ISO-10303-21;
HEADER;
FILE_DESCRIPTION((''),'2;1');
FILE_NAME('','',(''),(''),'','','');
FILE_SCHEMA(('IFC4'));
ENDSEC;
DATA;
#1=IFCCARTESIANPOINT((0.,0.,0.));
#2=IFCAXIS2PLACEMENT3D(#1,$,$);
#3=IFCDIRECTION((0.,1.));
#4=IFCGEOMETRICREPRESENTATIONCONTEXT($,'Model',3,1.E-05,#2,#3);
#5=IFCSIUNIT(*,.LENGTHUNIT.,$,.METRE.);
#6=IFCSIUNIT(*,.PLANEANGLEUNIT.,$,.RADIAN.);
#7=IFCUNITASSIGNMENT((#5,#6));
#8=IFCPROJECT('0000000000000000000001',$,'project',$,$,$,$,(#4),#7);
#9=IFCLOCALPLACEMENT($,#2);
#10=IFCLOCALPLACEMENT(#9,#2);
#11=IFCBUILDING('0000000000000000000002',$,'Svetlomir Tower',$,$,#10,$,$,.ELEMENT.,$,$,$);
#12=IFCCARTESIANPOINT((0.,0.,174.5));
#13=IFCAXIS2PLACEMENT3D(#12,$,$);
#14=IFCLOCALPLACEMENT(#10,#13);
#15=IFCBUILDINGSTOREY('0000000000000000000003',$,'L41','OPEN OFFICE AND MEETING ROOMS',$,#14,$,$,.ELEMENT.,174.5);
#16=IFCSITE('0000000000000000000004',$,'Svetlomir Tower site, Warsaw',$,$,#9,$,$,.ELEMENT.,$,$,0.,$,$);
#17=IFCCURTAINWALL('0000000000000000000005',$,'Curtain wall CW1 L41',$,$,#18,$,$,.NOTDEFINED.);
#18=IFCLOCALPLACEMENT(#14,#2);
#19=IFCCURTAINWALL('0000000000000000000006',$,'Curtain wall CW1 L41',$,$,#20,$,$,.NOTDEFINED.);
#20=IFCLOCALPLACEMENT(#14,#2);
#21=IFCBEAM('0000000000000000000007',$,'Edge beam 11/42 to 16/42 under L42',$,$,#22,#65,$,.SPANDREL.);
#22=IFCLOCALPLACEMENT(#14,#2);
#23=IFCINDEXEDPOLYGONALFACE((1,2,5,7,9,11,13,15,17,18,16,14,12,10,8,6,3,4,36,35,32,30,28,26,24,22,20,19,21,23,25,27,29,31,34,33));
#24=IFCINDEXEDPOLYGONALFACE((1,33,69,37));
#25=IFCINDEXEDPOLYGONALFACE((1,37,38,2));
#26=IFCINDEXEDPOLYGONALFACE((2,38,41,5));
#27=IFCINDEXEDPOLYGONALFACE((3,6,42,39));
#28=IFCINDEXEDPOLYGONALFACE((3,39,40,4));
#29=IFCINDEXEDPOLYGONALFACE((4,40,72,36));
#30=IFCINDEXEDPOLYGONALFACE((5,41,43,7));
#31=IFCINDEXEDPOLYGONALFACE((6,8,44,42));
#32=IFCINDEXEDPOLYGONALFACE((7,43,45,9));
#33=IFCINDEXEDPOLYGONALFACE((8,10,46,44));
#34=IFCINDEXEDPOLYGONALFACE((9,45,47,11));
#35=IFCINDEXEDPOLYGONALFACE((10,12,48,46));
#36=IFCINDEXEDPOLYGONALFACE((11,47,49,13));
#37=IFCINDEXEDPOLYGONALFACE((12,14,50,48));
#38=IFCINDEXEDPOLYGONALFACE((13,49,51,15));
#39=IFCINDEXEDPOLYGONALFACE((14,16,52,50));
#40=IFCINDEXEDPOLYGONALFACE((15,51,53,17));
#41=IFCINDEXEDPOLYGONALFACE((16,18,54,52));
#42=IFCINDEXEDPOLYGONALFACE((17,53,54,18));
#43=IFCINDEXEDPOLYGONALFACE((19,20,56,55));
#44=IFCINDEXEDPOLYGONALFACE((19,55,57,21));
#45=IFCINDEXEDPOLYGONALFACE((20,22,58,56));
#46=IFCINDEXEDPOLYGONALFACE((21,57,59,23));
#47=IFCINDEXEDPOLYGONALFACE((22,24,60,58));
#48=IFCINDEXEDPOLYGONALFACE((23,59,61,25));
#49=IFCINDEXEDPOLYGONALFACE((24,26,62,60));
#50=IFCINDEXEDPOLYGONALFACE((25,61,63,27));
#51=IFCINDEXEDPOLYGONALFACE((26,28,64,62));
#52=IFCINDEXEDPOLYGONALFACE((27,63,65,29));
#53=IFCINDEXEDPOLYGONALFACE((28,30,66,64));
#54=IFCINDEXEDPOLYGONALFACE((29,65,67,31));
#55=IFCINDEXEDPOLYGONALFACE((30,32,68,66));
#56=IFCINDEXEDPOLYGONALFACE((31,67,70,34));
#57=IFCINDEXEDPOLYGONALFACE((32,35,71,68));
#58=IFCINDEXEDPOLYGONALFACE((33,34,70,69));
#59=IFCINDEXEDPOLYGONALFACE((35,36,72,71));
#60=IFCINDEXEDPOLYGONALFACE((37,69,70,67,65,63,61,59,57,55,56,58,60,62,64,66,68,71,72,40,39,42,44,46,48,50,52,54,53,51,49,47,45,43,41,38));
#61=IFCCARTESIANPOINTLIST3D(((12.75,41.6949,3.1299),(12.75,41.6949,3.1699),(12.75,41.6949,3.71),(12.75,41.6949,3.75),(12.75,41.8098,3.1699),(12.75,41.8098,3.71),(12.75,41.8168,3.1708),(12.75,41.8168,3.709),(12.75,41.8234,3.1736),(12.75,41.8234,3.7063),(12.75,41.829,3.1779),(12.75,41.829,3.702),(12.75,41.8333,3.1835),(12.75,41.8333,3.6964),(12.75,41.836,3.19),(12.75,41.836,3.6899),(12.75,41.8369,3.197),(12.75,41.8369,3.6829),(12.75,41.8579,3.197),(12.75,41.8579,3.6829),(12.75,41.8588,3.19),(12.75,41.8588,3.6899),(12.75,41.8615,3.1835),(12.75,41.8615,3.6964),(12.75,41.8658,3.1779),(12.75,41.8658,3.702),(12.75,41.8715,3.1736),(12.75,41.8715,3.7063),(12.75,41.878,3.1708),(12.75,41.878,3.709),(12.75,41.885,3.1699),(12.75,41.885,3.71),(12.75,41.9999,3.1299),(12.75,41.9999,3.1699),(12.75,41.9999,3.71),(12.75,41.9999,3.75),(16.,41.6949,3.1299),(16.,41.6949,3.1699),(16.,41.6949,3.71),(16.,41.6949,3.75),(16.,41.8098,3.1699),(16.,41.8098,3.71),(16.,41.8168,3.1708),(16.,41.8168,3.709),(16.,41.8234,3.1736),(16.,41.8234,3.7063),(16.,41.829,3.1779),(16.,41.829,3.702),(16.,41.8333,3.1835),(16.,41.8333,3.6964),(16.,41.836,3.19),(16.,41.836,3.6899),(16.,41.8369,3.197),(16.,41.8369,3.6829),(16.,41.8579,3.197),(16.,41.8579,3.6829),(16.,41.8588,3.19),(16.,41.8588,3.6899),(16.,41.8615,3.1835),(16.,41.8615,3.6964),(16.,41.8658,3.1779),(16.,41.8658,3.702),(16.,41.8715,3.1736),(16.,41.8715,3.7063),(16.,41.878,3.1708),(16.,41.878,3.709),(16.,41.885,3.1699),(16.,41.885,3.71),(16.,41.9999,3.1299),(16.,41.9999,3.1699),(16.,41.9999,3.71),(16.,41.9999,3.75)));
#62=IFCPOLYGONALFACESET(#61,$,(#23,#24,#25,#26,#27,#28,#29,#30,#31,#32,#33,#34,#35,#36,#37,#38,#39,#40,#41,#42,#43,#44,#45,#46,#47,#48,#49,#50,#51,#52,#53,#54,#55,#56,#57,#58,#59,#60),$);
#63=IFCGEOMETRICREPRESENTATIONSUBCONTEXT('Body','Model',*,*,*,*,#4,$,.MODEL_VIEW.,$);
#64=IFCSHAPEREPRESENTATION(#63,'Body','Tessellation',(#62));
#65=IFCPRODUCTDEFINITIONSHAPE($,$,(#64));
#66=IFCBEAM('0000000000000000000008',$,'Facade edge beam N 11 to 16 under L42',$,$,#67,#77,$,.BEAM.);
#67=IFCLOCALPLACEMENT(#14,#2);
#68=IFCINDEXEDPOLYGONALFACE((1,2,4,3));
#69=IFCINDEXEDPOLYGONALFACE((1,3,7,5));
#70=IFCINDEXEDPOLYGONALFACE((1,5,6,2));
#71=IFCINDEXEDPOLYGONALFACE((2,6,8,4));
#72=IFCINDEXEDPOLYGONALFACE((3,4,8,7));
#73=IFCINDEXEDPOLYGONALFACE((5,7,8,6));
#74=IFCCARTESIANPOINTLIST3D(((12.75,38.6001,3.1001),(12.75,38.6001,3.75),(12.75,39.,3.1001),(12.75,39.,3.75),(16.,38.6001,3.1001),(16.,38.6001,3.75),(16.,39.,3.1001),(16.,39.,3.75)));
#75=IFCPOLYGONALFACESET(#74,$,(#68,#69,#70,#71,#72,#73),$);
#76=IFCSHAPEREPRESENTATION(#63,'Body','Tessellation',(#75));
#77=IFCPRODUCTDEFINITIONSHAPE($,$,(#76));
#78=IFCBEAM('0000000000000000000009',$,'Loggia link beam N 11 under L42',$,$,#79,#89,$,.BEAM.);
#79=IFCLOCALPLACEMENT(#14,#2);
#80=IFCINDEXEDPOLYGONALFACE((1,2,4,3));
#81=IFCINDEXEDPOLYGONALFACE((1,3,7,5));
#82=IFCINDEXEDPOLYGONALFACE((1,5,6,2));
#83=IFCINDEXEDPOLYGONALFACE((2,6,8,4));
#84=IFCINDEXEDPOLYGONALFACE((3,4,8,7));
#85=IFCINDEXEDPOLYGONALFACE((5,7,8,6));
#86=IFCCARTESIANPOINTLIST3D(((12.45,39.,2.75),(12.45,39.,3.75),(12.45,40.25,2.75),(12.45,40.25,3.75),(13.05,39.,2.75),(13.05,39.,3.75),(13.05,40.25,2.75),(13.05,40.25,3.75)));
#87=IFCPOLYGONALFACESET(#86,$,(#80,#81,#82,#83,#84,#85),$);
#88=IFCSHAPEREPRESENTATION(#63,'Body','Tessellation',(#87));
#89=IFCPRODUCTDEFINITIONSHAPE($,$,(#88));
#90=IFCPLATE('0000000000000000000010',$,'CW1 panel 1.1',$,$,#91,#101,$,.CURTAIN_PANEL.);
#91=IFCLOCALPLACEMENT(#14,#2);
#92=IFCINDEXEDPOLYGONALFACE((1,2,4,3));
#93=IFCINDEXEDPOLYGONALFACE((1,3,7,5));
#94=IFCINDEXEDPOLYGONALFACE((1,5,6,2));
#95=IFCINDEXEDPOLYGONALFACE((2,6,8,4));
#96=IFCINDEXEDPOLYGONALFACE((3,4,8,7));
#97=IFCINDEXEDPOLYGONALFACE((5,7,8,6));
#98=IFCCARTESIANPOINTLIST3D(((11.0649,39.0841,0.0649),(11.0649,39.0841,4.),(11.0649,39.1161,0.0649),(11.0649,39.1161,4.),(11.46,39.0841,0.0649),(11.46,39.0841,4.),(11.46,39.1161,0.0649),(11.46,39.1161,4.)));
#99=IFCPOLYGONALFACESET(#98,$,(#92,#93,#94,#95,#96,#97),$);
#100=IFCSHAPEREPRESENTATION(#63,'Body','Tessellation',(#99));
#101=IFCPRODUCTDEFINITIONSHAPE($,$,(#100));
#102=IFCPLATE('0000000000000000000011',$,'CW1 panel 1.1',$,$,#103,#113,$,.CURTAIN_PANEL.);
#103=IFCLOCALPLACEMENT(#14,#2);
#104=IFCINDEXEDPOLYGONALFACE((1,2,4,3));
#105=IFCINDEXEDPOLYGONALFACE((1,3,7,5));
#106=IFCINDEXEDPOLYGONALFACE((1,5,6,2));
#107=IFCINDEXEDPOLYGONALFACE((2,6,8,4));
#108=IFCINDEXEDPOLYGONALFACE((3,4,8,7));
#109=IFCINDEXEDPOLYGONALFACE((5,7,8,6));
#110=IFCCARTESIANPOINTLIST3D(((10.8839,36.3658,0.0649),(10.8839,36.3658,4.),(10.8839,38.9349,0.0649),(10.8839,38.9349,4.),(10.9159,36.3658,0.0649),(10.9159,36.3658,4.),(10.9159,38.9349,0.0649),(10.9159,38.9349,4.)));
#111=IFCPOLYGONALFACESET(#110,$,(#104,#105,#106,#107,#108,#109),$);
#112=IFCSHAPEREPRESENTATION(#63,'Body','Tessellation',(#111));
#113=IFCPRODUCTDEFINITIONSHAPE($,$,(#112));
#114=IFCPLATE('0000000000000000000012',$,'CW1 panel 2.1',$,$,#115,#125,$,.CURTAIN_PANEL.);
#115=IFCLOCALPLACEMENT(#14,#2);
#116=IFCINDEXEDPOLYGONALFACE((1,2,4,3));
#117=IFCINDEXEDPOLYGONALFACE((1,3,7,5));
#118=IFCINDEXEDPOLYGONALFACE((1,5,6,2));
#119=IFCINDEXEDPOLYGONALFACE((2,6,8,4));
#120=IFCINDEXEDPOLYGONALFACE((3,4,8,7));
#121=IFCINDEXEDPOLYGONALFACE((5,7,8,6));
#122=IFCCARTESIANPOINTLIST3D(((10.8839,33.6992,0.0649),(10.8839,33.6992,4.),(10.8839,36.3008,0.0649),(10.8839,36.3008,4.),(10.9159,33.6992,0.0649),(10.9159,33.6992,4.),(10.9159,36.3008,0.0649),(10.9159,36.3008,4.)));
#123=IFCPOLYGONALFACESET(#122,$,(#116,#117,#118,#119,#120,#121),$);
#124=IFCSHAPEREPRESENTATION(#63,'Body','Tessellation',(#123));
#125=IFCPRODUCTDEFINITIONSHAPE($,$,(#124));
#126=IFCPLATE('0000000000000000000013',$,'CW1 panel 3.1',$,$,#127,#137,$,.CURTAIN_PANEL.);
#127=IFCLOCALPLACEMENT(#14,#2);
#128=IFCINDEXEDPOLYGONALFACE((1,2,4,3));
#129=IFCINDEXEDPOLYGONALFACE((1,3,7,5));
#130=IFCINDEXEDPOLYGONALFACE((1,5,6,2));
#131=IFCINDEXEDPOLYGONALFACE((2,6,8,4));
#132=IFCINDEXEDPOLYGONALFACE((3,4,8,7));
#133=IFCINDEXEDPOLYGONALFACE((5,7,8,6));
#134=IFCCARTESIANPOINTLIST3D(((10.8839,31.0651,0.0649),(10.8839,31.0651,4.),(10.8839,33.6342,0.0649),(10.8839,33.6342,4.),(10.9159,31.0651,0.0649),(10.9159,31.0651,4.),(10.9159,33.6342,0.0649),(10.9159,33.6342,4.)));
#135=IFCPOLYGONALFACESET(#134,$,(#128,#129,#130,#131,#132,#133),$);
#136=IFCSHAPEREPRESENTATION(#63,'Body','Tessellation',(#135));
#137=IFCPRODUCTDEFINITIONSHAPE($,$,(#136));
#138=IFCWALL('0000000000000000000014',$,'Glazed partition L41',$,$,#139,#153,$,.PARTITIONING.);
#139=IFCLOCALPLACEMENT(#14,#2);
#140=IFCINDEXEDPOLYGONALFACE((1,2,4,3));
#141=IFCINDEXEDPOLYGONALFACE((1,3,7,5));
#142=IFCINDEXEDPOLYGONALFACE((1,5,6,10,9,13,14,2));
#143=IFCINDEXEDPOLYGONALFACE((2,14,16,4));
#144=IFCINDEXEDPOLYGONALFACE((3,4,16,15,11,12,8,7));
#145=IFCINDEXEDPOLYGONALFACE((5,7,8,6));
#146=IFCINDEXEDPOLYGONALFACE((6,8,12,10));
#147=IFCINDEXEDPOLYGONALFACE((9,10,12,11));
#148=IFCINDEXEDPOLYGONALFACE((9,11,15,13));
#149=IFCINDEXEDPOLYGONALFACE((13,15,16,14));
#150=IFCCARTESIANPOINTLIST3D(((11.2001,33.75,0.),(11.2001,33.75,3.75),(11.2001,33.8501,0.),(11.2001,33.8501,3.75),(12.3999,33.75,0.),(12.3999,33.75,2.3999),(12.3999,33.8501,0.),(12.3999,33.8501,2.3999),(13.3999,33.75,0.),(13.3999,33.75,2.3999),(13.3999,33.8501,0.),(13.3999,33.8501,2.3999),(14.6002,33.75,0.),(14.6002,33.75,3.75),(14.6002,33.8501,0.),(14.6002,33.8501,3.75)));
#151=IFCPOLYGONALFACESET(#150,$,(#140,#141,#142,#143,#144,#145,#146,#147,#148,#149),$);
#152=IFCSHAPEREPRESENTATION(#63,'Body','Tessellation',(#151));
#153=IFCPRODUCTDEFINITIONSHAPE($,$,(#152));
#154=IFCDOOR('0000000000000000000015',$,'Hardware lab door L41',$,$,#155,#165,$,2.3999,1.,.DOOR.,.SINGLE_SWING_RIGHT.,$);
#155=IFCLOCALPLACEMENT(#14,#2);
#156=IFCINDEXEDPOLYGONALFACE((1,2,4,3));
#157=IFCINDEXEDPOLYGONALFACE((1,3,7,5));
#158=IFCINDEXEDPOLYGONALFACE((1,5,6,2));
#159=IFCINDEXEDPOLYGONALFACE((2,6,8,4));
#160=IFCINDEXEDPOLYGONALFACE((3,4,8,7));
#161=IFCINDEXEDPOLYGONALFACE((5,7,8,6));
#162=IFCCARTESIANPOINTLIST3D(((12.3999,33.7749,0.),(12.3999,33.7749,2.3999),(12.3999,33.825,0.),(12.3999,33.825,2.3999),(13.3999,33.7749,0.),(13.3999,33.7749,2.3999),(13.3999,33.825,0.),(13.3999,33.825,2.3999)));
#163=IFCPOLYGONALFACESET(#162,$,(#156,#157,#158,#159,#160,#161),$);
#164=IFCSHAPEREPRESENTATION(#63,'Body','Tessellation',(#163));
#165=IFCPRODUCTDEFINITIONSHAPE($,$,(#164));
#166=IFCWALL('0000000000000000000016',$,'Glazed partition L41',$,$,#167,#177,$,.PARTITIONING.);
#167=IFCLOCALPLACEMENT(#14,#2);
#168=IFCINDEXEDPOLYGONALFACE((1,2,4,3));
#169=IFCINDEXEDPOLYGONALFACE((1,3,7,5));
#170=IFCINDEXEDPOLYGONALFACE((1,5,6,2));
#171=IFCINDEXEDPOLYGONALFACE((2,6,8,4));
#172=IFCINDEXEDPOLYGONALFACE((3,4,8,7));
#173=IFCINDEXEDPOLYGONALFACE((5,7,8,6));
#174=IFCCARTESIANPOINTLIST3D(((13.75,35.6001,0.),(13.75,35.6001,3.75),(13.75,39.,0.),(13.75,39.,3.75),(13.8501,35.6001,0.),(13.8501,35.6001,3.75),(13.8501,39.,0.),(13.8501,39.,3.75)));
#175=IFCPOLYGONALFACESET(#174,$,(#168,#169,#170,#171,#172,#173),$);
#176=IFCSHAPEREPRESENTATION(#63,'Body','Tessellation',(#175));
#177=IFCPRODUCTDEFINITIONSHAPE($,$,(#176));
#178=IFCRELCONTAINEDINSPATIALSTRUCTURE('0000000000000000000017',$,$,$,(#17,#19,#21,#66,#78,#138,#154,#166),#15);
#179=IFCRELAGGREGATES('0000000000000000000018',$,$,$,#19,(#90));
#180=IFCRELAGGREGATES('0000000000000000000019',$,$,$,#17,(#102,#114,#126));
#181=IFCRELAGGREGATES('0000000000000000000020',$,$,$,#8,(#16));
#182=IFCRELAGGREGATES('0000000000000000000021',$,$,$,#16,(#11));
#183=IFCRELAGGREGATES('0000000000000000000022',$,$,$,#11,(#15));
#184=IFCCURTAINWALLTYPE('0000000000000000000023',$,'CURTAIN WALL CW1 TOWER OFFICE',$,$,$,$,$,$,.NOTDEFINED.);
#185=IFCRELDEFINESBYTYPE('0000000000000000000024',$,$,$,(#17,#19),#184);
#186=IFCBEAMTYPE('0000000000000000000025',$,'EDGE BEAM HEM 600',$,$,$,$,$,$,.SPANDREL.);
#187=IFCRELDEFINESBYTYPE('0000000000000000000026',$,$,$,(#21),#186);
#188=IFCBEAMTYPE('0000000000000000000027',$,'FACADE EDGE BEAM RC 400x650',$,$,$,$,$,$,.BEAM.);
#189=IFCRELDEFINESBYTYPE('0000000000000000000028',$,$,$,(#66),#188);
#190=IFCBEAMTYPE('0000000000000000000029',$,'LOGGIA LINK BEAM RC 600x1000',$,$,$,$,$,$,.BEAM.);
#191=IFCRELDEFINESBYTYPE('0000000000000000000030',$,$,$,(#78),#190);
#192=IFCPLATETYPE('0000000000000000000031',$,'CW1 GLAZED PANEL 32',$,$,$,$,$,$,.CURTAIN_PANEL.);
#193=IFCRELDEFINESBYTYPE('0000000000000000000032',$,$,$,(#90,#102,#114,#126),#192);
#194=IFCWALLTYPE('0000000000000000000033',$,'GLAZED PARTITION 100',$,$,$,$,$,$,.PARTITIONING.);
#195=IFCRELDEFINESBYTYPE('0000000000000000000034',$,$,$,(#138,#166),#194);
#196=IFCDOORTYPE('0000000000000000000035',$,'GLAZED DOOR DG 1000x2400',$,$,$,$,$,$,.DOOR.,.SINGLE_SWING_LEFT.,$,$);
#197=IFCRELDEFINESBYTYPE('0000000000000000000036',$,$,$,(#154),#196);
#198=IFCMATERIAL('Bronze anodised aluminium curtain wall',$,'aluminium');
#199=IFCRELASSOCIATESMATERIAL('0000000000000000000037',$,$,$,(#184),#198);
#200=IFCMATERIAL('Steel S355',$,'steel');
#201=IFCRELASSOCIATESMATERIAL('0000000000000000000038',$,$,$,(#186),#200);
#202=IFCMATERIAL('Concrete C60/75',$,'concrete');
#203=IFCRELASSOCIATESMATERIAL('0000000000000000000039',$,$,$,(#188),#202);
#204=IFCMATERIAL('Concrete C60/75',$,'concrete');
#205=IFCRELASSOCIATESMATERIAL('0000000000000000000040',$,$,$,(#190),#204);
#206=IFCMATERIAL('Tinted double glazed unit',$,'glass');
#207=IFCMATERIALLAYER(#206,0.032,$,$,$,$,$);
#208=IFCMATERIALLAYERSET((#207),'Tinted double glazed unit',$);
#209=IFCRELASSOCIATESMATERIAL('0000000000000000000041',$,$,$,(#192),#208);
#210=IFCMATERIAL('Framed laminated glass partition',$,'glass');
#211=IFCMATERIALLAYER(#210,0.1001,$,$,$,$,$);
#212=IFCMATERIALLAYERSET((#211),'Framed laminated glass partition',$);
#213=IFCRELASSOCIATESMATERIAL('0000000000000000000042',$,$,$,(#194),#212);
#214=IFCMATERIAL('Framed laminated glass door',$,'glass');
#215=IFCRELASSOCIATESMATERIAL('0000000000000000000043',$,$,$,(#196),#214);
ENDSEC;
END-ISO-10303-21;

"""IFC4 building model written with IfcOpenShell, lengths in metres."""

from ifc_helpers import new_model, si_unit, direction, frame, frame_2d, origin, origin_2d, place, context, subcontext, project, spatial, rectangle, i_section, extrude, material, layer, layer_set, material_profile, profile_set, type_object, element, fill, aggregate, save


model = new_model("IFC4")

# Units and contexts
model_context = context("Model", 3, precision=1e-05, world=origin(), true_north=direction((0.0, 1.0)))
body_context = subcontext(model_context, "Body", "Model", "MODEL_VIEW")
ifc_project = project(units=[si_unit("LENGTHUNIT", "METRE"), si_unit("PLANEANGLEUNIT", "RADIAN")], contexts=[model_context])

# Site, building, storey
site_placement = place(None, origin())
site = spatial("IfcSite", under=ifc_project, at=site_placement, Name="Svetlomir Tower site, Warsaw", CompositionType="ELEMENT", RefElevation=0.0)
building_placement = place(site_placement, origin())
building = spatial("IfcBuilding", under=site, at=building_placement, Name="Svetlomir Tower", CompositionType="ELEMENT")
storey_placement = place(building_placement, frame((0.0, 0.0, 174.5)))
storey = spatial("IfcBuildingStorey", under=building, at=storey_placement, Name="L41", Description="OPEN OFFICE AND MEETING ROOMS", CompositionType="ELEMENT", Elevation=174.5)

# Curtain wall
ifc_material_1 = material(Name="Bronze anodised aluminium curtain wall", Category="aluminium")
curtain_wall_type = type_object("IfcCurtainWallType", Name="CURTAIN WALL CW1 TOWER OFFICE", PredefinedType="NOTDEFINED", material=ifc_material_1)
curtain_wall_1_placement = place(storey_placement, origin())
curtain_wall_1 = element("IfcCurtainWall", 1, at=curtain_wall_1_placement, inside=storey, type_object=curtain_wall_type, Name="Curtain wall CW1 L41", PredefinedType="NOTDEFINED")

# Curtain wall
curtain_wall_2_placement = place(storey_placement, origin())
curtain_wall_2 = element("IfcCurtainWall", 2, at=curtain_wall_2_placement, inside=storey, type_object=curtain_wall_type, Name="Curtain wall CW1 L41", PredefinedType="NOTDEFINED")

# Beams
ifc_material_2 = material(Name="Steel S355", Category="steel")
ifc_material_profile_1 = material_profile(ifc_material_2, i_section(OverallWidth=0.3049, OverallDepth=0.6201, WebThickness=0.021, FlangeThickness=0.04, FilletRadius=0.0271, at=origin_2d()), Name="HEM 600")
ifc_profile_set_1 = profile_set([ifc_material_profile_1], Name="Steel S355")
beam_type_1 = type_object("IfcBeamType", Name="EDGE BEAM HEM 600", PredefinedType="SPANDREL", material=ifc_profile_set_1)
beam_1_placement = place(storey_placement, frame((12.75, 41.8474, 3.4399), z_axis=(1.0, 0.0, 0.0), x_axis=(0.0, 1.0, 0.0)))
element("IfcBeam", 3, at=beam_1_placement, inside=storey, type_object=beam_type_1, Name="Edge beam 11/42 to 16/42 under L42", PredefinedType="SPANDREL", context=body_context, shape_type="SweptSolid", body=[
    extrude(i_section(OverallWidth=0.3049, OverallDepth=0.6201, WebThickness=0.021, FlangeThickness=0.04, FilletRadius=0.0271, at=origin_2d()), origin(), (0.0, 0.0, 1.0), 3.25),
])
ifc_material_3 = material(Name="Concrete C60/75", Category="concrete")
ifc_material_profile_2 = material_profile(ifc_material_3, rectangle(XDim=0.3999, YDim=0.6499, at=origin_2d()), Name="RC 400x650")
ifc_profile_set_2 = profile_set([ifc_material_profile_2], Name="Concrete C60/75")
beam_type_2 = type_object("IfcBeamType", Name="FACADE EDGE BEAM RC 400x650", PredefinedType="BEAM", material=ifc_profile_set_2)
beam_2_placement = place(storey_placement, frame((12.75, 38.8, 3.425), z_axis=(1.0, 0.0, 0.0), x_axis=(0.0, 1.0, 0.0)))
element("IfcBeam", 4, at=beam_2_placement, inside=storey, type_object=beam_type_2, Name="Facade edge beam N 11 to 16 under L42", PredefinedType="BEAM", context=body_context, shape_type="SweptSolid", body=[
    extrude(rectangle(XDim=0.3999, YDim=0.6499, at=origin_2d()), origin(), (0.0, 0.0, 1.0), 3.25),
])
ifc_material_4 = material(Name="Concrete C60/75", Category="concrete")
ifc_material_profile_3 = material_profile(ifc_material_4, rectangle(XDim=0.6001, YDim=1.0, at=origin_2d()), Name="RC 600x1000")
ifc_profile_set_3 = profile_set([ifc_material_profile_3], Name="Concrete C60/75")
beam_type_3 = type_object("IfcBeamType", Name="LOGGIA LINK BEAM RC 600x1000", PredefinedType="BEAM", material=ifc_profile_set_3)
beam_3_placement = place(storey_placement, frame((12.75, 40.25, 3.25), z_axis=(0.0, -1.0, 0.0), x_axis=(1.0, 0.0, 0.0)))
element("IfcBeam", 5, at=beam_3_placement, inside=storey, type_object=beam_type_3, Name="Loggia link beam N 11 under L42", PredefinedType="BEAM", context=body_context, shape_type="SweptSolid", body=[
    extrude(rectangle(XDim=0.6001, YDim=1.0, at=origin_2d()), origin(), (0.0, 0.0, 1.0), 1.25),
])

# Plates
ifc_material_5 = material(Name="Tinted double glazed unit", Category="glass")
ifc_layer_1 = layer(ifc_material_5, 0.032)
ifc_layer_set_1 = layer_set([ifc_layer_1], Name="Tinted double glazed unit")
plate_type = type_object("IfcPlateType", Name="CW1 GLAZED PANEL 32", PredefinedType="CURTAIN_PANEL", material=ifc_layer_set_1)
plate_1_placement = place(storey_placement, frame((11.2625, 39.1001, 0.0649), z_axis=(0.0, 0.0, 1.0), x_axis=(-1.0, 0.0, 0.0)))
plate_1 = element("IfcPlate", 6, at=plate_1_placement, type_object=plate_type, Name="CW1 panel 1.1", PredefinedType="CURTAIN_PANEL", context=body_context, shape_type="SweptSolid", body=[
    extrude(rectangle(XDim=0.395, YDim=0.032, at=origin_2d()), origin(), (0.0, 0.0, 1.0), 3.9351),
])
aggregate(curtain_wall_2, [plate_1])
plate_2_placement = place(storey_placement, frame((10.8999, 37.6504, 0.0649), z_axis=(0.0, 0.0, 1.0), x_axis=(0.0, -1.0, 0.0)))
plate_2 = element("IfcPlate", 7, at=plate_2_placement, type_object=plate_type, Name="CW1 panel 1.1", PredefinedType="CURTAIN_PANEL", context=body_context, shape_type="SweptSolid", body=[
    extrude(rectangle(XDim=2.5691, YDim=0.032, at=origin_2d()), origin(), (0.0, 0.0, 1.0), 3.9351),
])
plate_3_placement = place(storey_placement, frame((10.8999, 35.0, 0.0649), z_axis=(0.0, 0.0, 1.0), x_axis=(0.0, -1.0, 0.0)))
plate_3 = element("IfcPlate", 8, at=plate_3_placement, type_object=plate_type, Name="CW1 panel 2.1", PredefinedType="CURTAIN_PANEL", context=body_context, shape_type="SweptSolid", body=[
    extrude(rectangle(XDim=2.6016, YDim=0.032, at=origin_2d()), origin(), (0.0, 0.0, 1.0), 3.9351),
])
plate_4_placement = place(storey_placement, frame((10.8999, 32.3496, 0.0649), z_axis=(0.0, 0.0, 1.0), x_axis=(0.0, -1.0, 0.0)))
plate_4 = element("IfcPlate", 9, at=plate_4_placement, type_object=plate_type, Name="CW1 panel 3.1", PredefinedType="CURTAIN_PANEL", context=body_context, shape_type="SweptSolid", body=[
    extrude(rectangle(XDim=2.5691, YDim=0.032, at=origin_2d()), origin(), (0.0, 0.0, 1.0), 3.9351),
])
aggregate(curtain_wall_1, [plate_2, plate_3, plate_4])

# Wall, opening, door
ifc_material_6 = material(Name="Framed laminated glass partition", Category="glass")
ifc_layer_2 = layer(ifc_material_6, 0.1001)
ifc_layer_set_2 = layer_set([ifc_layer_2], Name="Framed laminated glass partition")
wall_type = type_object("IfcWallType", Name="GLAZED PARTITION 100", PredefinedType="PARTITIONING", material=ifc_layer_set_2)
wall_1_placement = place(storey_placement, frame((11.2, 33.8, 0.0), z_axis=(0.0, 0.0, 1.0), x_axis=(1.0, 0.0, 0.0)))
wall_1 = element("IfcWall", 10, at=wall_1_placement, inside=storey, type_object=wall_type, Name="Glazed partition L41", PredefinedType="PARTITIONING", context=body_context, shape_type="SweptSolid", body=[
    extrude(rectangle(XDim=3.4001, YDim=0.1001, at=frame_2d((1.7002, 0.0))), origin(), (0.0, 0.0, 1.0), 3.75),
])
opening_1_placement = place(wall_1_placement, frame((1.2, 0.0, 0.0)))
opening_1 = element("IfcOpeningElement", 11, at=opening_1_placement, cuts=wall_1, PredefinedType="OPENING", context=body_context, shape_type="SweptSolid", body=[
    extrude(rectangle(XDim=1.0, YDim=2.3999, at=frame_2d((0.5, 1.2))), frame((0.0, 0.0601, 0.0), z_axis=(0.0, -1.0, 0.0), x_axis=(1.0, 0.0, 0.0)), (0.0, 0.0, 1.0), 0.1201),
])
ifc_material_7 = material(Name="Framed laminated glass door", Category="glass")
door_type = type_object("IfcDoorType", Name="GLAZED DOOR DG 1000x2400", OperationType="SINGLE_SWING_LEFT", PredefinedType="DOOR", material=ifc_material_7)
door_1_placement = place(opening_1_placement, origin())
door_1 = element("IfcDoor", 12, at=door_1_placement, inside=storey, type_object=door_type, Name="Hardware lab door L41", OperationType="SINGLE_SWING_RIGHT", OverallHeight=2.3999, OverallWidth=1.0, PredefinedType="DOOR", context=body_context, shape_type="SweptSolid", body=[
    extrude(rectangle(XDim=1.0, YDim=2.3999, at=frame_2d((0.5, 1.2))), frame((0.0, 0.0249, 0.0), z_axis=(0.0, -1.0, 0.0), x_axis=(1.0, 0.0, 0.0)), (0.0, 0.0, 1.0), 0.05),
])
fill(opening_1, door_1)

# Wall
wall_2_placement = place(storey_placement, frame((13.8, 35.6001, 0.0), z_axis=(0.0, 0.0, 1.0), x_axis=(0.0, 1.0, 0.0)))
element("IfcWall", 13, at=wall_2_placement, inside=storey, type_object=wall_type, Name="Glazed partition L41", PredefinedType="PARTITIONING", context=body_context, shape_type="SweptSolid", body=[
    extrude(rectangle(XDim=3.3999, YDim=0.1001, at=frame_2d((1.7, 0.0))), origin(), (0.0, 0.0, 1.0), 3.75),
])

save(model, "model.ifc")
